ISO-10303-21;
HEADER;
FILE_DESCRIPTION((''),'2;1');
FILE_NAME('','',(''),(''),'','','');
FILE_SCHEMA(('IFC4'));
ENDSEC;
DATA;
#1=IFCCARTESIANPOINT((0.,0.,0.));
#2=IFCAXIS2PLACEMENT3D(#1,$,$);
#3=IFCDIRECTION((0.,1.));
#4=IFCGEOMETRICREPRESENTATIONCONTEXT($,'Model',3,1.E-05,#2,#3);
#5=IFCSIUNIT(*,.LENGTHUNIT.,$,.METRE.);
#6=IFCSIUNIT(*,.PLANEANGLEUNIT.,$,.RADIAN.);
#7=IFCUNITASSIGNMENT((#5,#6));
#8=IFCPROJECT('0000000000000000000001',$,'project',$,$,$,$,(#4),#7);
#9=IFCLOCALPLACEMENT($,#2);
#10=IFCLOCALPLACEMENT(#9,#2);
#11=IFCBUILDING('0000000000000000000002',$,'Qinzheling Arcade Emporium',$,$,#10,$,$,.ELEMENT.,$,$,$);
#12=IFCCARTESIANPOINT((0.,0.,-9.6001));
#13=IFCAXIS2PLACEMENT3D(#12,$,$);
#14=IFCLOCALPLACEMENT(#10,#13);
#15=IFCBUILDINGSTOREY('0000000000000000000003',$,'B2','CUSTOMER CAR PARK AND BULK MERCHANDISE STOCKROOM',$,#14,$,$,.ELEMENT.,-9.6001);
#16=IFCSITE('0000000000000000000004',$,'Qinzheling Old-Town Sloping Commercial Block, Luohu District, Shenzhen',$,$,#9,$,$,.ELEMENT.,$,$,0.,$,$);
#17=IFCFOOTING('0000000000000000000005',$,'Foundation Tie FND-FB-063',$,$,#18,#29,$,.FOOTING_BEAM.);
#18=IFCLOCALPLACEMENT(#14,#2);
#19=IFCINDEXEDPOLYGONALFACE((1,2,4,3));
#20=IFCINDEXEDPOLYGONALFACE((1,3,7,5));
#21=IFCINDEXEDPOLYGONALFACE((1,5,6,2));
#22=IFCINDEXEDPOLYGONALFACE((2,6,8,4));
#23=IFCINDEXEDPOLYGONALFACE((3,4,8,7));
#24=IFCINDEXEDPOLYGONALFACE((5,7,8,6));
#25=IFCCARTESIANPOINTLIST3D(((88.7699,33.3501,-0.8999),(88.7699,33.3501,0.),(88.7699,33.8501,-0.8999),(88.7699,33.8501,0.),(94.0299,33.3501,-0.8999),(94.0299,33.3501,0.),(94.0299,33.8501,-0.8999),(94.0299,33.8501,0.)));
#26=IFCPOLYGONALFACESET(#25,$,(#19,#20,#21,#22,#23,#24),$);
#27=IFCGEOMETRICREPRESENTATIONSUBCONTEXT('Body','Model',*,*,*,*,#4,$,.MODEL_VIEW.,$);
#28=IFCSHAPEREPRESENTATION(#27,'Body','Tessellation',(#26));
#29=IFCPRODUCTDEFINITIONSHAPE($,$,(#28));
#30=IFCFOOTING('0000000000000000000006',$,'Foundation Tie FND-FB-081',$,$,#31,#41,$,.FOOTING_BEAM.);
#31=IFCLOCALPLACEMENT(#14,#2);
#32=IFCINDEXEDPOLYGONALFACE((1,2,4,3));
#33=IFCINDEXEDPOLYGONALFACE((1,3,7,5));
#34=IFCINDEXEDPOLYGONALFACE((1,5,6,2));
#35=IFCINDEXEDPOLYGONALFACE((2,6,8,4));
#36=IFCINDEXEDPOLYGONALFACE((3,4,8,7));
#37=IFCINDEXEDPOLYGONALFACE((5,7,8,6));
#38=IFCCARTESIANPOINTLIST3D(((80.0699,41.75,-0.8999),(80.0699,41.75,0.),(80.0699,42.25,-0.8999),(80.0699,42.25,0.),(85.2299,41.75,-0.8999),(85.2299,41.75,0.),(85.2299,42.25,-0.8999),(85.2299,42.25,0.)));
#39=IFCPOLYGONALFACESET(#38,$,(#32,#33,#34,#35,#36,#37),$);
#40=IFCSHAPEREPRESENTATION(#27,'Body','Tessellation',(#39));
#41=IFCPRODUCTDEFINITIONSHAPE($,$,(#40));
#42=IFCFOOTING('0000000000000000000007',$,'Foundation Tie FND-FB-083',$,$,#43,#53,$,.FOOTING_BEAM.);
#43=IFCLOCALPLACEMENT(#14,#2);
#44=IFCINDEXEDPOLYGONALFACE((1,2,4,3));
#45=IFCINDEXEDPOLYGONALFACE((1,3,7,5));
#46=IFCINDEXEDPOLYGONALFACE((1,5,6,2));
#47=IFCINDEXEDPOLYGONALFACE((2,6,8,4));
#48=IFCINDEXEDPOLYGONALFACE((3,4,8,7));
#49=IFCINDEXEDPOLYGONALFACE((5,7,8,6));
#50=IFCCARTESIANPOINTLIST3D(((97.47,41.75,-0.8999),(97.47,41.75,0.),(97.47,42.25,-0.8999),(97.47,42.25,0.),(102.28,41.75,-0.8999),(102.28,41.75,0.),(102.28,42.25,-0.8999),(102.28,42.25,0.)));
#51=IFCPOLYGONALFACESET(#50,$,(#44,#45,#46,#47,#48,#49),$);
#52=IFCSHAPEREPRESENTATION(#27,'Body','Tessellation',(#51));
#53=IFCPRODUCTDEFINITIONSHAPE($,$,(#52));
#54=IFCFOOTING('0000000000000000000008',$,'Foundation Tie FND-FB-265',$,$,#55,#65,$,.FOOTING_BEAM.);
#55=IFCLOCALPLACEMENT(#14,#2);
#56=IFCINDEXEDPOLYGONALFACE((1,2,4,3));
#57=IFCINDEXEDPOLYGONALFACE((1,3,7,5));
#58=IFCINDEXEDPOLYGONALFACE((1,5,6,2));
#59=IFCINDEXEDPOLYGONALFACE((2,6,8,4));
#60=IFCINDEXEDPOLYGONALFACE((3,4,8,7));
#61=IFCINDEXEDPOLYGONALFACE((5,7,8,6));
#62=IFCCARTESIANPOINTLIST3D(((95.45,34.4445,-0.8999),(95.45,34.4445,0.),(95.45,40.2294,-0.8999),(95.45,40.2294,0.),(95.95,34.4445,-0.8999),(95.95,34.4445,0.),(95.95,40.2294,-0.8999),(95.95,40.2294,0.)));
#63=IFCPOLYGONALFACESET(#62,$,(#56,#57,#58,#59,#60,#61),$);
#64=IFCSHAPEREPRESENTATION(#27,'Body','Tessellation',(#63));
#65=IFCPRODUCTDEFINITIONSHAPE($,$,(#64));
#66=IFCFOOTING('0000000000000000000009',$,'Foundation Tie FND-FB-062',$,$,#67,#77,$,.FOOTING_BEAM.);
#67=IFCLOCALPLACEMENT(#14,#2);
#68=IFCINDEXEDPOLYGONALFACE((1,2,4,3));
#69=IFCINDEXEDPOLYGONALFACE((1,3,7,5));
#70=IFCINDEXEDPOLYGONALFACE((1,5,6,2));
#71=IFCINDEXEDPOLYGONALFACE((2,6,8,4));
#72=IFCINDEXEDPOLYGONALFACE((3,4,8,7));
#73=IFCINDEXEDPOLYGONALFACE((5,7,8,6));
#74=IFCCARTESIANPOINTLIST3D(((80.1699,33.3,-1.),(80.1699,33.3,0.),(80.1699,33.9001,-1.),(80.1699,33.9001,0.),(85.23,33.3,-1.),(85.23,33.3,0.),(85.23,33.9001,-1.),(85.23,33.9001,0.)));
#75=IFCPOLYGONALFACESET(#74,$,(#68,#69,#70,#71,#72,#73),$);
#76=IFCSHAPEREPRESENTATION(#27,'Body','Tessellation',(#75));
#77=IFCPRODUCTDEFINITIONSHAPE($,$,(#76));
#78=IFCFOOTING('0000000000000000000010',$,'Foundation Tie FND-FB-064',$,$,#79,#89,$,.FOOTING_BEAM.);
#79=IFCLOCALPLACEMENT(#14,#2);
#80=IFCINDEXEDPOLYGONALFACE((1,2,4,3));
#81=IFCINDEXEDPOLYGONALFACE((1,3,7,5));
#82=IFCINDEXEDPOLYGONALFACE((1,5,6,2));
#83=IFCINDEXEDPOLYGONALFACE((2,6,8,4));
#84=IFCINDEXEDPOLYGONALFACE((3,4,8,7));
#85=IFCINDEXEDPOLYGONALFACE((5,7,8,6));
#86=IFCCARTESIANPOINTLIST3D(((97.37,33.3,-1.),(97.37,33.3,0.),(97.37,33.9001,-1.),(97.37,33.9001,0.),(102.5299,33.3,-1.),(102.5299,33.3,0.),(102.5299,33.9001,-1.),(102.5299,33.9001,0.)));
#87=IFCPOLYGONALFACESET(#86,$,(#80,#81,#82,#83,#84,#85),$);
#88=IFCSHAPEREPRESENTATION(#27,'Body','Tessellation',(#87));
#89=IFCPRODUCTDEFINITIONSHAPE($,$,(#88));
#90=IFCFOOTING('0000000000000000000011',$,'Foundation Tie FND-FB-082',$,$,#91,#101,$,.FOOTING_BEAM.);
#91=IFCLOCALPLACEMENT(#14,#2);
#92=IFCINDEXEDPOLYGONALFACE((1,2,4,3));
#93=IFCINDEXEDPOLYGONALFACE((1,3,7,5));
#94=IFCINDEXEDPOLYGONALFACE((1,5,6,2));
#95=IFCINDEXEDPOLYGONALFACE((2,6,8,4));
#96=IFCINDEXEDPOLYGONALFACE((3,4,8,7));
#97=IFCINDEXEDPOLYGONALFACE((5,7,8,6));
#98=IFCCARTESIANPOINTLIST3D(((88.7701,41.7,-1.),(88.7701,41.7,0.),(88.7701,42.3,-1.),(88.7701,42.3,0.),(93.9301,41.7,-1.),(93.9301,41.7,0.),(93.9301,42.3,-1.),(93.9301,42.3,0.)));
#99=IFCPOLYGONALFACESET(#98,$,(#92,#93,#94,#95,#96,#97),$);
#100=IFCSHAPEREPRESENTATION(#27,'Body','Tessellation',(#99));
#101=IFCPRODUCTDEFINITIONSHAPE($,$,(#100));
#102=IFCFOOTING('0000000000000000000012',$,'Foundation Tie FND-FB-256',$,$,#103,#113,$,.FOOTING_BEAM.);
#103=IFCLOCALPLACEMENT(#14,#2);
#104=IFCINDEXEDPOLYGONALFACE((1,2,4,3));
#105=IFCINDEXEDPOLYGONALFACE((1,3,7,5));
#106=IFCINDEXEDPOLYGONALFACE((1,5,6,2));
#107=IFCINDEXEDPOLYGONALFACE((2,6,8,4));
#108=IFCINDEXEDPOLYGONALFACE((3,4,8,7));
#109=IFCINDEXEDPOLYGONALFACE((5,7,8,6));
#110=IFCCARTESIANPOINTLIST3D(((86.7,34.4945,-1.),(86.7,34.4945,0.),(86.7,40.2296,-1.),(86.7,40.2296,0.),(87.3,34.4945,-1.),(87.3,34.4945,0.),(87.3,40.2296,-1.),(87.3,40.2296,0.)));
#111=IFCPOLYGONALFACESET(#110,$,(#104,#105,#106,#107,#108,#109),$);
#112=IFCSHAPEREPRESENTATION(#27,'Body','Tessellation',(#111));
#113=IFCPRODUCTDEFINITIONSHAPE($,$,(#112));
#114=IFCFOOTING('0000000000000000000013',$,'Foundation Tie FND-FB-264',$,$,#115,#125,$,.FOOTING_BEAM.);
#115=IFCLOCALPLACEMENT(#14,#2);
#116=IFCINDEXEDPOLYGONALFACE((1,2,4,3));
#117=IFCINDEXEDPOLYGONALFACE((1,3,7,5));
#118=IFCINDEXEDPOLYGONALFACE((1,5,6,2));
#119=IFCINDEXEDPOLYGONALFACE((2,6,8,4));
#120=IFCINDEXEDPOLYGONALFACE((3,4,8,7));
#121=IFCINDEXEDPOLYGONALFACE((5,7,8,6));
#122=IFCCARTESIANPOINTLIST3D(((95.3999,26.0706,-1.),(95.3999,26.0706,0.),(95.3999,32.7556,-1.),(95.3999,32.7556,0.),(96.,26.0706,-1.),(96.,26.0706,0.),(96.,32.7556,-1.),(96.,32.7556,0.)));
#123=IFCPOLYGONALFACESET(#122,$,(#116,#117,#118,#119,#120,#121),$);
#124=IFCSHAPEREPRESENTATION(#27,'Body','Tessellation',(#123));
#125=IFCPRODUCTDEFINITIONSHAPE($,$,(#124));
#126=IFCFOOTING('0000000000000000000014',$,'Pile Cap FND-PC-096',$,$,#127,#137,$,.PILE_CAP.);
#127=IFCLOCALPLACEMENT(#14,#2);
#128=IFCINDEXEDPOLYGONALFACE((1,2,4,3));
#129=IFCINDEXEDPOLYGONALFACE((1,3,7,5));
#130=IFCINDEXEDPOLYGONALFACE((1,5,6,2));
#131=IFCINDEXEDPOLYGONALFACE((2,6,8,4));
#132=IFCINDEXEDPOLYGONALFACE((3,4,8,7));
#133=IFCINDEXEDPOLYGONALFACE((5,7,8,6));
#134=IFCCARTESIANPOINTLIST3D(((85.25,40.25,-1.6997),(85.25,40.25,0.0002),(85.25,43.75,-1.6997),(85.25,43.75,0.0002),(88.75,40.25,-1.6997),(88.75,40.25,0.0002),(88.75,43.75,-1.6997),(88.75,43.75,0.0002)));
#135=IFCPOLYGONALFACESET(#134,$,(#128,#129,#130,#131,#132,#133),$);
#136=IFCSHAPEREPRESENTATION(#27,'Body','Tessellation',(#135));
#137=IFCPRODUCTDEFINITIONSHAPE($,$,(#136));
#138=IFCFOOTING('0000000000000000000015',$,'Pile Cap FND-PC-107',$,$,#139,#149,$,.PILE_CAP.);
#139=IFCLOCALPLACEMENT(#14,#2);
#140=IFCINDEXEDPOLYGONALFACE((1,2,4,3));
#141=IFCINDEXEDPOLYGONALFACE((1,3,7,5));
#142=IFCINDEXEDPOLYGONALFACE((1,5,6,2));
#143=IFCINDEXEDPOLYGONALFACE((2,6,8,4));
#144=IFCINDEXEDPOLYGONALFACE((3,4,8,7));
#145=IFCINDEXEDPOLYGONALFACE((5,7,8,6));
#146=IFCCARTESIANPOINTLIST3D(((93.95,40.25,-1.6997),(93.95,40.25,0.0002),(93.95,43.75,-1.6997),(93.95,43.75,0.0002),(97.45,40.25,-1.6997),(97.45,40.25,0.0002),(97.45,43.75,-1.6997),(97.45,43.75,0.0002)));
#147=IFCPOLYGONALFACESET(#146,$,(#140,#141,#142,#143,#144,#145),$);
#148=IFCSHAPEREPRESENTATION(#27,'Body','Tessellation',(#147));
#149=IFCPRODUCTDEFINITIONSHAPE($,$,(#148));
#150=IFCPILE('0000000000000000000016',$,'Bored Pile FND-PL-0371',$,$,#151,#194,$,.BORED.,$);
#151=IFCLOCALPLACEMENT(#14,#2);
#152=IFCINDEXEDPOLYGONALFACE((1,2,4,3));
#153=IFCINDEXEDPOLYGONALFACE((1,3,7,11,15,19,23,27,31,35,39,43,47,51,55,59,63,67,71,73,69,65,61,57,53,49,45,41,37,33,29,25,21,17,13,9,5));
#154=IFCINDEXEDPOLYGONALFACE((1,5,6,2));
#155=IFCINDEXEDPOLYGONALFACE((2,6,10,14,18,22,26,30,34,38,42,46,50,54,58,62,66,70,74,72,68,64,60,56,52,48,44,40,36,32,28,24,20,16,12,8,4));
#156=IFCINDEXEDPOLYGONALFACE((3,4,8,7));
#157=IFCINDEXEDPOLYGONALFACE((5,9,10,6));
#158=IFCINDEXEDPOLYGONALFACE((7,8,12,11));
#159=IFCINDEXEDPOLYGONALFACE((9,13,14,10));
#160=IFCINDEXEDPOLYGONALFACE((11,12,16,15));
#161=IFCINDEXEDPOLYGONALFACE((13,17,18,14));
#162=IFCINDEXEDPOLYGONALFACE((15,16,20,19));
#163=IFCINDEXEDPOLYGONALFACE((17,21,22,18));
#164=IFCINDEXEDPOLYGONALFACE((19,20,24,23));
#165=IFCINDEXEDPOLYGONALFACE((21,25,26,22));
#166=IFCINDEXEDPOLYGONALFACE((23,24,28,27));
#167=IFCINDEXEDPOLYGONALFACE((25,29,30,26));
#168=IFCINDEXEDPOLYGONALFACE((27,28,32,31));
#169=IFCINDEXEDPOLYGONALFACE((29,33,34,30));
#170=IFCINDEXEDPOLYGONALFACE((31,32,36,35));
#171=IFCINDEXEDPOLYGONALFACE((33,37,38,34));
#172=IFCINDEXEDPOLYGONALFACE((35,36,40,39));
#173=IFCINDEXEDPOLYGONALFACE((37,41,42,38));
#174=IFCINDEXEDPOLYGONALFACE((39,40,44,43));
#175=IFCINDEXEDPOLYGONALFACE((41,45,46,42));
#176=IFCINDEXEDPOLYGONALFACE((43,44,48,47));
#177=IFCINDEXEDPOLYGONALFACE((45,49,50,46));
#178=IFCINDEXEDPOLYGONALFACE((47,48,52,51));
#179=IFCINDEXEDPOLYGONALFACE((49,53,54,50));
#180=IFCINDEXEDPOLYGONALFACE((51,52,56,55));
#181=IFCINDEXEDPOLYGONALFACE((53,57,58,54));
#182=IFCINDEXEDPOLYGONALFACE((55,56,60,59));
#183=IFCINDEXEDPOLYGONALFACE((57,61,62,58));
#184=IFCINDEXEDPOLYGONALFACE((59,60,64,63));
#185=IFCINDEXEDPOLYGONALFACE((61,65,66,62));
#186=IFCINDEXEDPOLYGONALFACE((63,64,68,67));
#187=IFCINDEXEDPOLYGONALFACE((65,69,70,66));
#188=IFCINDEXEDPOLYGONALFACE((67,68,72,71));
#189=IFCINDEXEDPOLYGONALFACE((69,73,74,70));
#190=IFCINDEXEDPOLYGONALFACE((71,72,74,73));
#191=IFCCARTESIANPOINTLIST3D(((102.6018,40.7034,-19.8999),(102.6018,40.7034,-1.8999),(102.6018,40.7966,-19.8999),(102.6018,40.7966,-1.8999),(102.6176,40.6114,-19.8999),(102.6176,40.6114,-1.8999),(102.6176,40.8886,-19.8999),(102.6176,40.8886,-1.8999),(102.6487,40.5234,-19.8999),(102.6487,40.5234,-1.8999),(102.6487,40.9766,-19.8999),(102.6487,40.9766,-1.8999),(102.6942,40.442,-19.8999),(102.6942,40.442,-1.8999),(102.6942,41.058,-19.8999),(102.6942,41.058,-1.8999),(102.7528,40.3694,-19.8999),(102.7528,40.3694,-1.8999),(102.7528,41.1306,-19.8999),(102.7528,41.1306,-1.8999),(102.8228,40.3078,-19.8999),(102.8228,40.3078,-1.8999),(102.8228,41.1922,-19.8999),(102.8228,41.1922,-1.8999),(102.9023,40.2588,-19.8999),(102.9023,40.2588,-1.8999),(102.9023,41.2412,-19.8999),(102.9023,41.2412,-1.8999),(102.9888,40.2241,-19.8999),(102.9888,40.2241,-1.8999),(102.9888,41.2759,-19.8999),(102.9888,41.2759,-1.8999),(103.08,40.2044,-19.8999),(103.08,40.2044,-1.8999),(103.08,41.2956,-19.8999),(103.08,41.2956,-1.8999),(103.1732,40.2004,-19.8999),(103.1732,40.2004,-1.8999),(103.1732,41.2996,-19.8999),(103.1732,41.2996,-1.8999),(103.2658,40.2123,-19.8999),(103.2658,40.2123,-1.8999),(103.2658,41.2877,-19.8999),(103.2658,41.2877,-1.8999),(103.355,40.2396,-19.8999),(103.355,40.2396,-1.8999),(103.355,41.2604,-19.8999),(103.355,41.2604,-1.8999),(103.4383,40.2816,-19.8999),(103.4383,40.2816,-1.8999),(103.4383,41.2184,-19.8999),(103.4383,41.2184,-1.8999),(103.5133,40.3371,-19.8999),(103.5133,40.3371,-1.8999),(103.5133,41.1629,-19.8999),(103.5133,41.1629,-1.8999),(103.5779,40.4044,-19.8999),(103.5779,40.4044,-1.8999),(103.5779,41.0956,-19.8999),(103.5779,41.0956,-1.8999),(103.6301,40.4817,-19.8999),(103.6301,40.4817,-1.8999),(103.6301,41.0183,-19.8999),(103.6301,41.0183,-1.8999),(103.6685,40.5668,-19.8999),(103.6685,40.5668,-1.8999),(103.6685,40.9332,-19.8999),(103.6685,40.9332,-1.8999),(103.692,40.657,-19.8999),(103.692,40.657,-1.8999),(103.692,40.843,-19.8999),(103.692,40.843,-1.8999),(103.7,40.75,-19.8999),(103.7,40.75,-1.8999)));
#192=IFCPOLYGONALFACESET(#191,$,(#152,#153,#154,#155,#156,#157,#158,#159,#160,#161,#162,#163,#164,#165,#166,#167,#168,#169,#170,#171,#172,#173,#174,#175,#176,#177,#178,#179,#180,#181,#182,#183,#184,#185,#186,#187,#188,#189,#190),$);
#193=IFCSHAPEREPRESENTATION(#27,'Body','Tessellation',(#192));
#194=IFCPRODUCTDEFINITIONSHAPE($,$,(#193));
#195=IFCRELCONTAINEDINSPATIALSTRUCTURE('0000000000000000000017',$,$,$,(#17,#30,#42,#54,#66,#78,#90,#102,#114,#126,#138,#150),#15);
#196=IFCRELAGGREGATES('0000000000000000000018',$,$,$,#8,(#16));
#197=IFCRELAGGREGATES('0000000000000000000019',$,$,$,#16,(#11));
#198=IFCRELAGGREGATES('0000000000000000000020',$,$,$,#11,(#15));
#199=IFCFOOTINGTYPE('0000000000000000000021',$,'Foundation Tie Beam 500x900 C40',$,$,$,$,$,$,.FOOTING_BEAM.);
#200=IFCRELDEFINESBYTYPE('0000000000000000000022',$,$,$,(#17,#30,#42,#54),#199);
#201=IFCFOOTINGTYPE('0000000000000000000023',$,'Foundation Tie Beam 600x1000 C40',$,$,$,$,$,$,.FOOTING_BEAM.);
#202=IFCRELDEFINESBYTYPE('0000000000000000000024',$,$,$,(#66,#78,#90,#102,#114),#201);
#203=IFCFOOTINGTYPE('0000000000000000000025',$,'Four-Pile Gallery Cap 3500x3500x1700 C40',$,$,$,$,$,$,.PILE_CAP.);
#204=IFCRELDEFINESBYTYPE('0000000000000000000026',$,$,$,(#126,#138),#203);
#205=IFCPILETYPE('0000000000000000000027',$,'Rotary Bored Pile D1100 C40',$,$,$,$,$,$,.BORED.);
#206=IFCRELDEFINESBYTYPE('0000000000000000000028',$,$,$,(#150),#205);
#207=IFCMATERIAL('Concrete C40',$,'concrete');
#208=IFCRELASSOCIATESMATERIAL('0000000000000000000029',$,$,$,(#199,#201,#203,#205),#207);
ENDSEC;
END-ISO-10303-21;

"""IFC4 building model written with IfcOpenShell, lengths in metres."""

from ifc_helpers import new_model, si_unit, direction, frame, origin, origin_2d, place, context, subcontext, project, spatial, rectangle, circle, extrude, material, material_profile, profile_set, type_object, element, save


model = new_model("IFC4")

# Units and contexts
model_context = context("Model", 3, precision=1e-05, world=origin(), true_north=direction((0.0, 1.0)))
body_context = subcontext(model_context, "Body", "Model", "MODEL_VIEW")
ifc_project = project(units=[si_unit("LENGTHUNIT", "METRE"), si_unit("PLANEANGLEUNIT", "RADIAN")], contexts=[model_context])

# Site, building, storey
site_placement = place(None, origin())
site = spatial("IfcSite", under=ifc_project, at=site_placement, Name="Qinzheling Old-Town Sloping Commercial Block, Luohu District, Shenzhen", CompositionType="ELEMENT", RefElevation=0.0)
building_placement = place(site_placement, origin())
building = spatial("IfcBuilding", under=site, at=building_placement, Name="Qinzheling Arcade Emporium", CompositionType="ELEMENT")
storey_placement = place(building_placement, frame((0.0, 0.0, -9.6001)))
storey = spatial("IfcBuildingStorey", under=building, at=storey_placement, Name="B2", Description="CUSTOMER CAR PARK AND BULK MERCHANDISE STOCKROOM", CompositionType="ELEMENT", Elevation=-9.6001)

# Footings
ifc_material_1 = material(Name="Concrete C40", Category="concrete")
footing_type_1 = type_object("IfcFootingType", Name="Foundation Tie Beam 500x900 C40", PredefinedType="FOOTING_BEAM", material=ifc_material_1)
footing_1_placement = place(storey_placement, frame((91.3999, 33.6001, -0.8999), z_axis=(0.0, 0.0, 1.0), x_axis=(1.0, 0.0, 0.0)))
element("IfcFooting", 1, at=footing_1_placement, inside=storey, type_object=footing_type_1, Name="Foundation Tie FND-FB-063", PredefinedType="FOOTING_BEAM", context=body_context, shape_type="SweptSolid", body=[
    extrude(rectangle(XDim=5.26, YDim=0.5, at=origin_2d()), origin(), (0.0, 0.0, 1.0), 0.8999),
])
footing_2_placement = place(storey_placement, frame((82.6499, 42.0, -0.8999), z_axis=(0.0, 0.0, 1.0), x_axis=(1.0, 0.0, 0.0)))
element("IfcFooting", 2, at=footing_2_placement, inside=storey, type_object=footing_type_1, Name="Foundation Tie FND-FB-081", PredefinedType="FOOTING_BEAM", context=body_context, shape_type="SweptSolid", body=[
    extrude(rectangle(XDim=5.1599, YDim=0.5, at=origin_2d()), origin(), (0.0, 0.0, 1.0), 0.8999),
])
footing_3_placement = place(storey_placement, frame((99.875, 42.0, -0.8999), z_axis=(0.0, 0.0, 1.0), x_axis=(1.0, 0.0, 0.0)))
element("IfcFooting", 3, at=footing_3_placement, inside=storey, type_object=footing_type_1, Name="Foundation Tie FND-FB-083", PredefinedType="FOOTING_BEAM", context=body_context, shape_type="SweptSolid", body=[
    extrude(rectangle(XDim=4.8101, YDim=0.5, at=origin_2d()), origin(), (0.0, 0.0, 1.0), 0.8999),
])
footing_4_placement = place(storey_placement, frame((95.7, 37.3369, -0.8999), z_axis=(0.0, 0.0, 1.0), x_axis=(1.0, 0.0, 0.0)))
element("IfcFooting", 4, at=footing_4_placement, inside=storey, type_object=footing_type_1, Name="Foundation Tie FND-FB-265", PredefinedType="FOOTING_BEAM", context=body_context, shape_type="SweptSolid", body=[
    extrude(rectangle(XDim=0.5, YDim=5.7849, at=origin_2d()), origin(), (0.0, 0.0, 1.0), 0.8999),
])
footing_type_2 = type_object("IfcFootingType", Name="Foundation Tie Beam 600x1000 C40", PredefinedType="FOOTING_BEAM", material=ifc_material_1)
footing_5_placement = place(storey_placement, frame((82.7, 33.6001, -1.0), z_axis=(0.0, 0.0, 1.0), x_axis=(1.0, 0.0, 0.0)))
element("IfcFooting", 5, at=footing_5_placement, inside=storey, type_object=footing_type_2, Name="Foundation Tie FND-FB-062", PredefinedType="FOOTING_BEAM", context=body_context, shape_type="SweptSolid", body=[
    extrude(rectangle(XDim=5.0601, YDim=0.6001, at=origin_2d()), origin(), (0.0, 0.0, 1.0), 1.0),
])
for number, where, z_axis, x_axis, name in (
    (6, (99.95, 33.6001, -1.0), (0.0, 0.0, 1.0), (1.0, 0.0, 0.0), "Foundation Tie FND-FB-064"),
    (7, (91.3501, 42.0, -1.0), (0.0, 0.0, 1.0), (1.0, 0.0, 0.0), "Foundation Tie FND-FB-082"),
):
    element("IfcFooting", number, at=place(storey_placement, frame(where, z_axis=z_axis, x_axis=x_axis)), inside=storey, type_object=footing_type_2, Name=name, PredefinedType="FOOTING_BEAM", context=body_context, shape_type="SweptSolid", body=[
        extrude(rectangle(XDim=5.1599, YDim=0.6001, at=origin_2d()), origin(), (0.0, 0.0, 1.0), 1.0),
    ])
footing_6_placement = place(storey_placement, frame((87.0, 37.3621, -1.0), z_axis=(0.0, 0.0, 1.0), x_axis=(1.0, 0.0, 0.0)))
element("IfcFooting", 8, at=footing_6_placement, inside=storey, type_object=footing_type_2, Name="Foundation Tie FND-FB-256", PredefinedType="FOOTING_BEAM", context=body_context, shape_type="SweptSolid", body=[
    extrude(rectangle(XDim=0.6001, YDim=5.7351, at=origin_2d()), origin(), (0.0, 0.0, 1.0), 1.0),
])
footing_7_placement = place(storey_placement, frame((95.7, 29.4131, -1.0), z_axis=(0.0, 0.0, 1.0), x_axis=(1.0, 0.0, 0.0)))
element("IfcFooting", 9, at=footing_7_placement, inside=storey, type_object=footing_type_2, Name="Foundation Tie FND-FB-264", PredefinedType="FOOTING_BEAM", context=body_context, shape_type="SweptSolid", body=[
    extrude(rectangle(XDim=0.6001, YDim=6.6851, at=origin_2d()), origin(), (0.0, 0.0, 1.0), 1.0),
])
footing_type_3 = type_object("IfcFootingType", Name="Four-Pile Gallery Cap 3500x3500x1700 C40", PredefinedType="PILE_CAP", material=ifc_material_1)
for number, where, z_axis, x_axis, name in (
    (10, (87.0, 42.0, -1.6997), (0.0, 0.0, 1.0), (1.0, 0.0, 0.0), "Pile Cap FND-PC-096"),
    (11, (95.7, 42.0, -1.6997), (0.0, 0.0, 1.0), (1.0, 0.0, 0.0), "Pile Cap FND-PC-107"),
):
    element("IfcFooting", number, at=place(storey_placement, frame(where, z_axis=z_axis, x_axis=x_axis)), inside=storey, type_object=footing_type_3, Name=name, PredefinedType="PILE_CAP", context=body_context, shape_type="SweptSolid", body=[
        extrude(rectangle(XDim=3.5, YDim=3.5, at=origin_2d()), origin(), (0.0, 0.0, 1.0), 1.7),
    ])

# Pile
ifc_material_profile_1 = material_profile(ifc_material_1, circle(Radius=0.55, at=origin_2d()), Name="BORED D1100", Category="concrete")
ifc_profile_set_1 = profile_set([ifc_material_profile_1], Name="Concrete C40")
pile_type_1 = type_object("IfcPileType", Name="Rotary Bored Pile D1100 C40", PredefinedType="BORED", material=ifc_profile_set_1)
pile_1_placement = place(storey_placement, frame((103.1499, 40.75, -1.8999), z_axis=(0.0, 0.0, -1.0), x_axis=(1.0, 0.0, 0.0)))
element("IfcPile", 12, at=pile_1_placement, inside=storey, type_object=pile_type_1, Name="Bored Pile FND-PL-0371", PredefinedType="BORED", context=body_context, shape_type="SweptSolid", body=[
    extrude(circle(Radius=0.55, at=origin_2d()), origin(), (0.0, 0.0, 1.0), 18.0),
])

save(model, "model.ifc")
